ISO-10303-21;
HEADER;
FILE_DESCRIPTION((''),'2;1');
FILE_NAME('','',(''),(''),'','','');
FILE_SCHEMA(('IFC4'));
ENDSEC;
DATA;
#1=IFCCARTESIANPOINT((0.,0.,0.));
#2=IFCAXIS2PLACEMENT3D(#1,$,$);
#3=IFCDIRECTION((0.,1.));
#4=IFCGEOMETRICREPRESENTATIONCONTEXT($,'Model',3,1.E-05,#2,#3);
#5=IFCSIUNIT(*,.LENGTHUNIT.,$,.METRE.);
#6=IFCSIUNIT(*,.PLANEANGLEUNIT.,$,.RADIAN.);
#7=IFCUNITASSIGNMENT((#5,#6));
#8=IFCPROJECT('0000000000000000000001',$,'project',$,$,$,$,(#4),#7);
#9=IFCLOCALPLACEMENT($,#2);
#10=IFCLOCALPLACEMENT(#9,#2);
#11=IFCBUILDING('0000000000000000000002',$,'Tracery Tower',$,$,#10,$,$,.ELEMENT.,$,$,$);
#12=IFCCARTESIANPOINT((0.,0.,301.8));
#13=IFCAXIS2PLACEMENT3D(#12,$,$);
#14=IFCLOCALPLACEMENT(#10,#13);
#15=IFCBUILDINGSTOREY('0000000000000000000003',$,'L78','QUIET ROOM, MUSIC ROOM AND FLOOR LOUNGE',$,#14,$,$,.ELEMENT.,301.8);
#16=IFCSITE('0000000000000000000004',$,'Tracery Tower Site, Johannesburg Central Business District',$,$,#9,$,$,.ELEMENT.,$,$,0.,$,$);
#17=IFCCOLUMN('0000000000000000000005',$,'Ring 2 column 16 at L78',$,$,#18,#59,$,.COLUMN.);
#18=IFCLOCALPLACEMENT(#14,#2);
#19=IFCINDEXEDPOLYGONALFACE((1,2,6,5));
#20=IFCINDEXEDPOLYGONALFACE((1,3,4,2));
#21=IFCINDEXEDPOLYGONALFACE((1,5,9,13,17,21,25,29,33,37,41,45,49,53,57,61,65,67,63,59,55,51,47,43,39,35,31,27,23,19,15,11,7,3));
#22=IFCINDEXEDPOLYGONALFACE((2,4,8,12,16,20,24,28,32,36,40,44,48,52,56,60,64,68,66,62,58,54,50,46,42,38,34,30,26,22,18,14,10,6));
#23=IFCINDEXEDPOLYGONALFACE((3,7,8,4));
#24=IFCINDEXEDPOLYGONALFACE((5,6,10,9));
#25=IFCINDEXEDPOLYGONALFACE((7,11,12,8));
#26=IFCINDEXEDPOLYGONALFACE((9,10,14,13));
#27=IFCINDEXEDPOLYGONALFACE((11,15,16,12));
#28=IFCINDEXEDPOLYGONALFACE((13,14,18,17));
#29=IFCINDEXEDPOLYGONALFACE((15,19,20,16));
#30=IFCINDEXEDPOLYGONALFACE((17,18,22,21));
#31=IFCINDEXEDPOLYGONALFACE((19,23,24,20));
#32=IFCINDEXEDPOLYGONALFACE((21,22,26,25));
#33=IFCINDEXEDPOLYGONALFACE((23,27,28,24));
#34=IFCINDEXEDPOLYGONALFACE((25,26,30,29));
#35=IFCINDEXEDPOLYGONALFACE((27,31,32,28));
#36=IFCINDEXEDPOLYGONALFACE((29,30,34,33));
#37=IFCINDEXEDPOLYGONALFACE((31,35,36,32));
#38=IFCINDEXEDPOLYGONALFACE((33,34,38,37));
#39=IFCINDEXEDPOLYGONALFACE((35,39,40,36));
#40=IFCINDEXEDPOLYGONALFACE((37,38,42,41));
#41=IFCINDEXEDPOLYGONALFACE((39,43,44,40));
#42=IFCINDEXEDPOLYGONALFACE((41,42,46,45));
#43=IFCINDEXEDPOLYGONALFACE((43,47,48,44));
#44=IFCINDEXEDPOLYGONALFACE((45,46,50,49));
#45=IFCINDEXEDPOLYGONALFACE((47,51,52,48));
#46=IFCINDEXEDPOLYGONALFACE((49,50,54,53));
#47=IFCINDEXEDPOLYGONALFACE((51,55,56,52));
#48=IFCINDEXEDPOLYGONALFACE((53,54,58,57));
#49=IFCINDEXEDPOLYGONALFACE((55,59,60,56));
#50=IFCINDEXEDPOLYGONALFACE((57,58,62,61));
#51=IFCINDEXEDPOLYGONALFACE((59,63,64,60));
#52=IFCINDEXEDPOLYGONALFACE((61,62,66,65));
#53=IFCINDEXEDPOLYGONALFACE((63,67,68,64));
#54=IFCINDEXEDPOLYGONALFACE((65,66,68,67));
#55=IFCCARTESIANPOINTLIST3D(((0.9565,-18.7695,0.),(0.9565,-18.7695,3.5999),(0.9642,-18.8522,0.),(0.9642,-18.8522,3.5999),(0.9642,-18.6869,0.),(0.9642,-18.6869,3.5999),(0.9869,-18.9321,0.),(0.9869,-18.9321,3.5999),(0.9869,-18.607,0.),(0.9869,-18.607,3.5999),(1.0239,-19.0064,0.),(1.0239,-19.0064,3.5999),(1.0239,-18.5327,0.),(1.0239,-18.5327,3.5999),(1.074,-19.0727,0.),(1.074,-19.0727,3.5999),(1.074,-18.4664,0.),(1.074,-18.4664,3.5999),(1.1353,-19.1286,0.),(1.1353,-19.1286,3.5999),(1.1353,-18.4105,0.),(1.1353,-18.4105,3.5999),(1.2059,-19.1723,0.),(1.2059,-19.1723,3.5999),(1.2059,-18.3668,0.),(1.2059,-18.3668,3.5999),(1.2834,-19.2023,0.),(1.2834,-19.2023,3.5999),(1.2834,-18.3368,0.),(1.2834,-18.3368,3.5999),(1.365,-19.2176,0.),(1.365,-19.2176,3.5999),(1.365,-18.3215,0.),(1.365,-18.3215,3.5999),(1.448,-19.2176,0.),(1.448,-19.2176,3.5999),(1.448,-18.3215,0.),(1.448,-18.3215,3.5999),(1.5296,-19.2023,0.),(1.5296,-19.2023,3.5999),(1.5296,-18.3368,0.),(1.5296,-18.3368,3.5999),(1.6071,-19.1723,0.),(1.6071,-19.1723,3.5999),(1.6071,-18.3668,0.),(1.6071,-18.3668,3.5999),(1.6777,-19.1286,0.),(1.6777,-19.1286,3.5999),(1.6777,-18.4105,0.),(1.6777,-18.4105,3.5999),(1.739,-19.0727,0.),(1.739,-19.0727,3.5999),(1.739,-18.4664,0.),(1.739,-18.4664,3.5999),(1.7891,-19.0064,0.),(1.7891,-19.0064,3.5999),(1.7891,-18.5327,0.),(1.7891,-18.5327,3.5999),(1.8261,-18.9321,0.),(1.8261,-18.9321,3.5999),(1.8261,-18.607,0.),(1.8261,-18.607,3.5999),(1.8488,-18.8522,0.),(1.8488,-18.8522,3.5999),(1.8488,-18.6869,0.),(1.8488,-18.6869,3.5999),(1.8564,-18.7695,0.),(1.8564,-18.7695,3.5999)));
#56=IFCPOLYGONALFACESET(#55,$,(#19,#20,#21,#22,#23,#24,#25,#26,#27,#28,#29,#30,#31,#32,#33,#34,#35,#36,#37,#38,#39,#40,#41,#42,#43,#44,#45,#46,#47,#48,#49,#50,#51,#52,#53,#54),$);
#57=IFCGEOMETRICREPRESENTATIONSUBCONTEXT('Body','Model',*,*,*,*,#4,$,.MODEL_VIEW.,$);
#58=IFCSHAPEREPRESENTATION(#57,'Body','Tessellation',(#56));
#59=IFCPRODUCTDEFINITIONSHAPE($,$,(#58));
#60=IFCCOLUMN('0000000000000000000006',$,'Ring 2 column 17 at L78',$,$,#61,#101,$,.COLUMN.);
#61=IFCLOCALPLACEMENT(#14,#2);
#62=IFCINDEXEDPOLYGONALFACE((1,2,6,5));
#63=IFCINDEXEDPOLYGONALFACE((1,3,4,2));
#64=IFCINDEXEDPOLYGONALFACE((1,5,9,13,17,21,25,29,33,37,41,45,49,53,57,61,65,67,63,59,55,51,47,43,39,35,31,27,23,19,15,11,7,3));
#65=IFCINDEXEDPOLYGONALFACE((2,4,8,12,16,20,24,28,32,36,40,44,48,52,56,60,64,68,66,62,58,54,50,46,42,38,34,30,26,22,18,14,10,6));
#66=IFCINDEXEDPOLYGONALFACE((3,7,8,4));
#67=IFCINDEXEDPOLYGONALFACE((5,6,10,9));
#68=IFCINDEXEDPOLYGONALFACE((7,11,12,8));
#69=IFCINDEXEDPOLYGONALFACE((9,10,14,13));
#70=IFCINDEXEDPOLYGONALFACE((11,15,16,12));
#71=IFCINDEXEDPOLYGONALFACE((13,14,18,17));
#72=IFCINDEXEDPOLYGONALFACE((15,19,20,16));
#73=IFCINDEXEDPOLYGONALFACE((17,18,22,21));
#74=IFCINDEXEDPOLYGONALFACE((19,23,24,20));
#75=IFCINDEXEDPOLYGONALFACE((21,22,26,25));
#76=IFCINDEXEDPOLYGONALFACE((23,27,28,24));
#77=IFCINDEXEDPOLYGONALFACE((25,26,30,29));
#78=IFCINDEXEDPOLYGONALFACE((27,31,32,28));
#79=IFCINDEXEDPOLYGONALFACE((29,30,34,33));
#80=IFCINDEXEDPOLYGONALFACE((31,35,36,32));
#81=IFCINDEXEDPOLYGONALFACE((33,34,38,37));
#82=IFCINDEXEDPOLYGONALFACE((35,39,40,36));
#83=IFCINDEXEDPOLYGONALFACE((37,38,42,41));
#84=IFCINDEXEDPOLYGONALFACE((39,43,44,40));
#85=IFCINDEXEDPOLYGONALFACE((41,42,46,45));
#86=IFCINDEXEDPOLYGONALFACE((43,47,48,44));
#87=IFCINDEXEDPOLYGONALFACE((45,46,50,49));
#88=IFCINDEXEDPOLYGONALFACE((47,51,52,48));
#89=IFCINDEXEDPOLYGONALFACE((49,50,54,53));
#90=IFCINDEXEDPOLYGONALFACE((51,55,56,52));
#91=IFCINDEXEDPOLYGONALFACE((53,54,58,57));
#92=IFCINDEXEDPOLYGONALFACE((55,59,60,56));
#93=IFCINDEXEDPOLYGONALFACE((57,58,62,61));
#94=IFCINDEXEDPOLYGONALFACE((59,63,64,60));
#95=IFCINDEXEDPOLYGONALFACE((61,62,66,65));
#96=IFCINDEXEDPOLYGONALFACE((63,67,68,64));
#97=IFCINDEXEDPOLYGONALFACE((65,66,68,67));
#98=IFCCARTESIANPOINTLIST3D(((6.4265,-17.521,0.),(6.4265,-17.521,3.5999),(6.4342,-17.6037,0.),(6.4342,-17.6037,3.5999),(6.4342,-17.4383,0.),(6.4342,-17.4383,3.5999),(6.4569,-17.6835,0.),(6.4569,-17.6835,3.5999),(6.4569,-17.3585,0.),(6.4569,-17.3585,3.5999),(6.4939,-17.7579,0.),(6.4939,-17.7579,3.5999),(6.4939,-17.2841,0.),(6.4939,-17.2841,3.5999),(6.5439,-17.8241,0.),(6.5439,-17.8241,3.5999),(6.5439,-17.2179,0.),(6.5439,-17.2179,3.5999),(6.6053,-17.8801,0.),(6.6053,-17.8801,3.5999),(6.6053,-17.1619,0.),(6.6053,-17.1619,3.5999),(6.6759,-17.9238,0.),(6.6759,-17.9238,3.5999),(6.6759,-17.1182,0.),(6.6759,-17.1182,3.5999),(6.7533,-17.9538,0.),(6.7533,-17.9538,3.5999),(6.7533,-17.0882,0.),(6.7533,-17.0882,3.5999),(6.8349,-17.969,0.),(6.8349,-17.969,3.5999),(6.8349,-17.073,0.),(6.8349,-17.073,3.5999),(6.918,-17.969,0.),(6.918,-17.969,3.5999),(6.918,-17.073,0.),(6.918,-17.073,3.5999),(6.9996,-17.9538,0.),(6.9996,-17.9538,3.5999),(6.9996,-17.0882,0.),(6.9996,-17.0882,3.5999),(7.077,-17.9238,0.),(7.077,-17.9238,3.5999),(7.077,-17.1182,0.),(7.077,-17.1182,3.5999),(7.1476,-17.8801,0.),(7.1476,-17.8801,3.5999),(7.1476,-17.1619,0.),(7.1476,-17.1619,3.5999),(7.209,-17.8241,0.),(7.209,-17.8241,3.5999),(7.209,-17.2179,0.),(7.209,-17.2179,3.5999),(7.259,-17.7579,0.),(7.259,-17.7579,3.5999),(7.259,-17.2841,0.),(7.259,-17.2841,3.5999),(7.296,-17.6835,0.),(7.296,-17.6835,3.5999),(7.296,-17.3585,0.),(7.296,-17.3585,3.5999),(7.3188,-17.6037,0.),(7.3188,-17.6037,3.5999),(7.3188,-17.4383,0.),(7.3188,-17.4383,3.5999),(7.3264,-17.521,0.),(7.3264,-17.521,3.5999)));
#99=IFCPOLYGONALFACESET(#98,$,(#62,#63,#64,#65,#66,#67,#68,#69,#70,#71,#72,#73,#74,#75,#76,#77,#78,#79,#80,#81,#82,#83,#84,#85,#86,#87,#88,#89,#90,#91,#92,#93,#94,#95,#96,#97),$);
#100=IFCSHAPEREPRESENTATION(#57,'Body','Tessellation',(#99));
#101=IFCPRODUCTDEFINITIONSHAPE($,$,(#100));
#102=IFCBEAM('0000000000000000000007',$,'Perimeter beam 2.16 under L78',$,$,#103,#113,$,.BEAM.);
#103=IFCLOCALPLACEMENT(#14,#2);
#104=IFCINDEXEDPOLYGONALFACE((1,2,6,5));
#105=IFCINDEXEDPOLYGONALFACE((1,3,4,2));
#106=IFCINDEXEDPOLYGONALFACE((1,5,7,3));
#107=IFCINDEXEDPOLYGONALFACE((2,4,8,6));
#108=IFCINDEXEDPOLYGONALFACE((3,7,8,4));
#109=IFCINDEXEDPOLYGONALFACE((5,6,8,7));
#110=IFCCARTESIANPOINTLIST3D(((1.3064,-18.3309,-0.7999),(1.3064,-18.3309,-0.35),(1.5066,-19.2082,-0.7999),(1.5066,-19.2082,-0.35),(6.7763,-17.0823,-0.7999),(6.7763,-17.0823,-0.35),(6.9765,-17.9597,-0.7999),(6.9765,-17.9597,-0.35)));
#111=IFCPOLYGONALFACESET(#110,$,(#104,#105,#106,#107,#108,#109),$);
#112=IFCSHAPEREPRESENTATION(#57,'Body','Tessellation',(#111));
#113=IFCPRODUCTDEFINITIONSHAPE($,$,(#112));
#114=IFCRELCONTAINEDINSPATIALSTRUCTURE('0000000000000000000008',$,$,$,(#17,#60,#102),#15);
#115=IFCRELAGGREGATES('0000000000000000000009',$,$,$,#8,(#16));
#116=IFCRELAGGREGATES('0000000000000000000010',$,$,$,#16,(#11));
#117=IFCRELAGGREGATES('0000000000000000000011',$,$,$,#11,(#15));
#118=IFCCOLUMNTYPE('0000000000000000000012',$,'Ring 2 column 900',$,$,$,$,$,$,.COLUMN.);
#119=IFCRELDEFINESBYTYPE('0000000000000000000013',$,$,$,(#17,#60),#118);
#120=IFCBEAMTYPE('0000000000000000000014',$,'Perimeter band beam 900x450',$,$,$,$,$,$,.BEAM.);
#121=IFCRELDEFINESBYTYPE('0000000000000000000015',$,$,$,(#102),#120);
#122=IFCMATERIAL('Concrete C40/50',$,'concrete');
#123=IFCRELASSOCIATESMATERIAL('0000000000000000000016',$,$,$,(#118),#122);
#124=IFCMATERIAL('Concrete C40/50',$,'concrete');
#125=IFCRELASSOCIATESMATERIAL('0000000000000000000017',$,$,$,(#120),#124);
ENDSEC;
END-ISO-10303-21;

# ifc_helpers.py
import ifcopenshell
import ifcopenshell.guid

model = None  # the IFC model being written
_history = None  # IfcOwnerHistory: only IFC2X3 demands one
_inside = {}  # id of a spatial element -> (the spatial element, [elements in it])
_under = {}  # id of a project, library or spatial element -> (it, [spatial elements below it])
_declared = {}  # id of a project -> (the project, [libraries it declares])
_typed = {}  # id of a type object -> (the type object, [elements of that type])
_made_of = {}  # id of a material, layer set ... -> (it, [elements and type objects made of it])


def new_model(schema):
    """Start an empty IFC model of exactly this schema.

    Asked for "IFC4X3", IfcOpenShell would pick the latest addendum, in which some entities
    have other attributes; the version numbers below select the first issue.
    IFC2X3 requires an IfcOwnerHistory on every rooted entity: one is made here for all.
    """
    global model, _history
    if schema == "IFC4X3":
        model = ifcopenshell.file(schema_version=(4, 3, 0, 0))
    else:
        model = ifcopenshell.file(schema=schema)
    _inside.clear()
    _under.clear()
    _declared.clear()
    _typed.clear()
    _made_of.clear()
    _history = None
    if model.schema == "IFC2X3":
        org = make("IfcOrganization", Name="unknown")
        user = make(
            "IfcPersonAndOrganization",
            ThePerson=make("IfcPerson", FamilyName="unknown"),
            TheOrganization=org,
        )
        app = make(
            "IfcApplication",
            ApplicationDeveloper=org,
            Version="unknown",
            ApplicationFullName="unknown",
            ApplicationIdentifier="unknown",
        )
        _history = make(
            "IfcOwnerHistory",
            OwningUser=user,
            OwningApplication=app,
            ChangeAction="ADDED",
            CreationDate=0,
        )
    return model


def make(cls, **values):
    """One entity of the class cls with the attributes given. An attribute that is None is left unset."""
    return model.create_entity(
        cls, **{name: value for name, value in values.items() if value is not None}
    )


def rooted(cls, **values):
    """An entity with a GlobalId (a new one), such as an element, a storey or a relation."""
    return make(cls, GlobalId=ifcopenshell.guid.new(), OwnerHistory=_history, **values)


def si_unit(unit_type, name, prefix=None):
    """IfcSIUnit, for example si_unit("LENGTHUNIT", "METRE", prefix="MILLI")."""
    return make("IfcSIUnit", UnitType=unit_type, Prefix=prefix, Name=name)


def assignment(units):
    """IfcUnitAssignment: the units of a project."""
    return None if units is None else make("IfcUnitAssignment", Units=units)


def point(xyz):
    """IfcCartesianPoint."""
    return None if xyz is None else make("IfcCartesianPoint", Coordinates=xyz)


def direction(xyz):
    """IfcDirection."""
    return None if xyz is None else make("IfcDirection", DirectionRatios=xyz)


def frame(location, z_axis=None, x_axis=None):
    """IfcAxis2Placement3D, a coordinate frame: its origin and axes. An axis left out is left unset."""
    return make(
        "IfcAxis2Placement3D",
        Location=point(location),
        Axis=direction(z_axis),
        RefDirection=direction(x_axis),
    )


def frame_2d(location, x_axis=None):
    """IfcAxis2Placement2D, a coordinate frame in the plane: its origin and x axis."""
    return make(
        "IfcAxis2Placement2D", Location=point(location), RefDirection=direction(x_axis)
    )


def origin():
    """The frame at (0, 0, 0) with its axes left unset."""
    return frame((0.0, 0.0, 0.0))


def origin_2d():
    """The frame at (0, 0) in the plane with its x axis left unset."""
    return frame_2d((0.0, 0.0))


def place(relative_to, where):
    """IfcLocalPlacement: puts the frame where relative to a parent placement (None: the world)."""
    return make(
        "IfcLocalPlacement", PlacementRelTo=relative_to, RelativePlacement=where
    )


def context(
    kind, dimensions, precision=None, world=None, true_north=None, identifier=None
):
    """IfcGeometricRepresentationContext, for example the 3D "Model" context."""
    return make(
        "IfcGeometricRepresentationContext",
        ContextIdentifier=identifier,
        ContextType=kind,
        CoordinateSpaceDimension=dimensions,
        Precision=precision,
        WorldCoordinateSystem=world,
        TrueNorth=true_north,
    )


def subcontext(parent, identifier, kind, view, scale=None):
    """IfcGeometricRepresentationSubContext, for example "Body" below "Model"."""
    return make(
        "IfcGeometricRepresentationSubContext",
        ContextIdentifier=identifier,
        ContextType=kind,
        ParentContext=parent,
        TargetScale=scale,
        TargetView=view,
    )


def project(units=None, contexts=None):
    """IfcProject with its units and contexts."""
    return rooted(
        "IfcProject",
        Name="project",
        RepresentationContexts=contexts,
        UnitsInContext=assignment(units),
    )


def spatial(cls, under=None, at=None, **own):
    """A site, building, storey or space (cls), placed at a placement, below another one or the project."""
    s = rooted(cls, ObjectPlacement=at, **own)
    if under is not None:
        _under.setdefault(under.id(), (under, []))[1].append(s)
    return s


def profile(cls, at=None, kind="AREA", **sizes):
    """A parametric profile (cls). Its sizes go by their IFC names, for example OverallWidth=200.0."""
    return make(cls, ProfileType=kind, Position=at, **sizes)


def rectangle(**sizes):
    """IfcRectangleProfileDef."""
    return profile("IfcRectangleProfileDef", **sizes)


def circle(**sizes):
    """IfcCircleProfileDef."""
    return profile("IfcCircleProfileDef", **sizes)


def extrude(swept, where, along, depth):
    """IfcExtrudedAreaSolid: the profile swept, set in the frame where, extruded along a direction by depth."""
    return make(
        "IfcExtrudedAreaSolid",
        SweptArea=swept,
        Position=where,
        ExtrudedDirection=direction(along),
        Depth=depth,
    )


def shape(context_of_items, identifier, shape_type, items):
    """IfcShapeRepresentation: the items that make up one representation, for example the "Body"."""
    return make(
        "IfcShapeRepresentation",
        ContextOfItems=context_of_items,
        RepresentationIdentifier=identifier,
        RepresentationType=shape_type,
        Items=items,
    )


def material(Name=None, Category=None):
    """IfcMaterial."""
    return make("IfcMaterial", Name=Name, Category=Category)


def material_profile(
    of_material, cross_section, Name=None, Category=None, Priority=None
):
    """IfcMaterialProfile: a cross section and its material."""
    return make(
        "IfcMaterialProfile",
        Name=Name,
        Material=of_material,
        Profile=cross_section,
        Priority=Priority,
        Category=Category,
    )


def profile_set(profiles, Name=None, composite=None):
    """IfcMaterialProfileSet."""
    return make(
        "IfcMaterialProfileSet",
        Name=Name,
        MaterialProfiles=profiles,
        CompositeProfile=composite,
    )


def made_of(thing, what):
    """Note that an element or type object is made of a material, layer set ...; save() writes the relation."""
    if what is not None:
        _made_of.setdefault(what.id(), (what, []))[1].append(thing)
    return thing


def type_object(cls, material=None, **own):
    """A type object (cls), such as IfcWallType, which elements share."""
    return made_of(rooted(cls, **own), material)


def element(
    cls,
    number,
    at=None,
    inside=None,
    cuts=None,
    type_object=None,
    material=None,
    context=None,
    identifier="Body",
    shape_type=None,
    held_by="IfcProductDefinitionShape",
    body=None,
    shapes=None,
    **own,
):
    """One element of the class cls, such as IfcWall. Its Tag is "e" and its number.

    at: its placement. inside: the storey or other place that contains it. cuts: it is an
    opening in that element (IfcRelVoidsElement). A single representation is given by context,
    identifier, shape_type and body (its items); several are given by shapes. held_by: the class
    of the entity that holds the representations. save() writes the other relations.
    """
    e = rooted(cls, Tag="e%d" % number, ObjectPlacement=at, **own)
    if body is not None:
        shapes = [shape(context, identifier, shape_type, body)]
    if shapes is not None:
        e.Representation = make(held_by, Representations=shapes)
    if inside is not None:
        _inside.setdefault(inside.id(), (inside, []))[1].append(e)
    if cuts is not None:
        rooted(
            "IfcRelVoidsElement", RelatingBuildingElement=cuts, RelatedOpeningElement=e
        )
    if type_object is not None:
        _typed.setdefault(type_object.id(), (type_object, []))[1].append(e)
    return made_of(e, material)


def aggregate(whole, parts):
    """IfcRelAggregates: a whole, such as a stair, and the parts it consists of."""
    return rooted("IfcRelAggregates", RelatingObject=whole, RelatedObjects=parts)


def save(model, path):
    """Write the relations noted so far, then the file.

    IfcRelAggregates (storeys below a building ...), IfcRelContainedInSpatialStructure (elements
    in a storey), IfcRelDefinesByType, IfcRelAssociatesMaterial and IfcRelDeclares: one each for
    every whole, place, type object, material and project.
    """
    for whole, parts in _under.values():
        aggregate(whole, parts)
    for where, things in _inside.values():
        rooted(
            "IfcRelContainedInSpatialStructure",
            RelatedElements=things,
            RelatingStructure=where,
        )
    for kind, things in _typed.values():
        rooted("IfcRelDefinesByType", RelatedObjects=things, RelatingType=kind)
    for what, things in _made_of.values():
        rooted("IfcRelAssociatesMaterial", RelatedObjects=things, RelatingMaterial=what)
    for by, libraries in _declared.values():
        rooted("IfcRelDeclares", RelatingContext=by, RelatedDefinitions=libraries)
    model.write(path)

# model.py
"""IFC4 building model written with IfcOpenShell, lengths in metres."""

from ifc_helpers import new_model, si_unit, direction, frame, origin, origin_2d, place, context, subcontext, project, spatial, rectangle, circle, extrude, material, material_profile, profile_set, type_object, element, save


model = new_model("IFC4")

# Units and contexts
model_context = context("Model", 3, precision=1e-05, world=origin(), true_north=direction((0.0, 1.0)))
body_context = subcontext(model_context, "Body", "Model", "MODEL_VIEW")
ifc_project = project(units=[si_unit("LENGTHUNIT", "METRE"), si_unit("PLANEANGLEUNIT", "RADIAN")], contexts=[model_context])

# Site, building, storey
site_placement = place(None, origin())
site = spatial("IfcSite", under=ifc_project, at=site_placement, Name="Tracery Tower Site, Johannesburg Central Business District", CompositionType="ELEMENT", RefElevation=0.0)
building_placement = place(site_placement, origin())
building = spatial("IfcBuilding", under=site, at=building_placement, Name="Tracery Tower", CompositionType="ELEMENT")
storey_placement = place(building_placement, frame((0.0, 0.0, 301.8)))
storey = spatial("IfcBuildingStorey", under=building, at=storey_placement, Name="L78", Description="QUIET ROOM, MUSIC ROOM AND FLOOR LOUNGE", CompositionType="ELEMENT", Elevation=301.8)

# Columns
ifc_material_1 = material(Name="Concrete C40/50", Category="concrete")
ifc_material_profile_1 = material_profile(ifc_material_1, circle(Radius=0.45, at=origin_2d()), Name="RC D900")
ifc_profile_set_1 = profile_set([ifc_material_profile_1], Name="Concrete C40/50")
column_type = type_object("IfcColumnType", Name="Ring 2 column 900", PredefinedType="COLUMN", material=ifc_profile_set_1)
for number, where, z_axis, x_axis, name in (
    (1, (1.4065, -18.7695, 0.0), (0.0, 0.0, 1.0), (1.0, 0.0, 0.0), "Ring 2 column 16 at L78"),
    (2, (6.8765, -17.521, 0.0), (0.0, 0.0, 1.0), (1.0, 0.0, 0.0), "Ring 2 column 17 at L78"),
):
    element("IfcColumn", number, at=place(storey_placement, frame(where, z_axis=z_axis, x_axis=x_axis)), inside=storey, type_object=column_type, Name=name, PredefinedType="COLUMN", context=body_context, shape_type="SweptSolid", body=[
        extrude(circle(Radius=0.45, at=origin_2d()), origin(), (0.0, 0.0, 1.0), 3.5999),
    ])

# Beam
ifc_material_2 = material(Name="Concrete C40/50", Category="concrete")
ifc_material_profile_2 = material_profile(ifc_material_2, rectangle(XDim=0.8999, YDim=0.45, at=origin_2d()), Name="RC 900x450")
ifc_profile_set_2 = profile_set([ifc_material_profile_2], Name="Concrete C40/50")
beam_type = type_object("IfcBeamType", Name="Perimeter band beam 900x450", PredefinedType="BEAM", material=ifc_profile_set_2)
beam_placement = place(storey_placement, frame((1.4065, -18.7695, -0.575), z_axis=(0.974926, 0.222529, 0.0), x_axis=(-0.222529, 0.974926, 0.0)))
element("IfcBeam", 3, at=beam_placement, inside=storey, type_object=beam_type, Name="Perimeter beam 2.16 under L78", PredefinedType="BEAM", context=body_context, shape_type="SweptSolid", body=[
    extrude(rectangle(XDim=0.8999, YDim=0.45, at=origin_2d()), origin(), (0.0, 0.0, 1.0), 5.6106),
])

save(model, "model.ifc")
